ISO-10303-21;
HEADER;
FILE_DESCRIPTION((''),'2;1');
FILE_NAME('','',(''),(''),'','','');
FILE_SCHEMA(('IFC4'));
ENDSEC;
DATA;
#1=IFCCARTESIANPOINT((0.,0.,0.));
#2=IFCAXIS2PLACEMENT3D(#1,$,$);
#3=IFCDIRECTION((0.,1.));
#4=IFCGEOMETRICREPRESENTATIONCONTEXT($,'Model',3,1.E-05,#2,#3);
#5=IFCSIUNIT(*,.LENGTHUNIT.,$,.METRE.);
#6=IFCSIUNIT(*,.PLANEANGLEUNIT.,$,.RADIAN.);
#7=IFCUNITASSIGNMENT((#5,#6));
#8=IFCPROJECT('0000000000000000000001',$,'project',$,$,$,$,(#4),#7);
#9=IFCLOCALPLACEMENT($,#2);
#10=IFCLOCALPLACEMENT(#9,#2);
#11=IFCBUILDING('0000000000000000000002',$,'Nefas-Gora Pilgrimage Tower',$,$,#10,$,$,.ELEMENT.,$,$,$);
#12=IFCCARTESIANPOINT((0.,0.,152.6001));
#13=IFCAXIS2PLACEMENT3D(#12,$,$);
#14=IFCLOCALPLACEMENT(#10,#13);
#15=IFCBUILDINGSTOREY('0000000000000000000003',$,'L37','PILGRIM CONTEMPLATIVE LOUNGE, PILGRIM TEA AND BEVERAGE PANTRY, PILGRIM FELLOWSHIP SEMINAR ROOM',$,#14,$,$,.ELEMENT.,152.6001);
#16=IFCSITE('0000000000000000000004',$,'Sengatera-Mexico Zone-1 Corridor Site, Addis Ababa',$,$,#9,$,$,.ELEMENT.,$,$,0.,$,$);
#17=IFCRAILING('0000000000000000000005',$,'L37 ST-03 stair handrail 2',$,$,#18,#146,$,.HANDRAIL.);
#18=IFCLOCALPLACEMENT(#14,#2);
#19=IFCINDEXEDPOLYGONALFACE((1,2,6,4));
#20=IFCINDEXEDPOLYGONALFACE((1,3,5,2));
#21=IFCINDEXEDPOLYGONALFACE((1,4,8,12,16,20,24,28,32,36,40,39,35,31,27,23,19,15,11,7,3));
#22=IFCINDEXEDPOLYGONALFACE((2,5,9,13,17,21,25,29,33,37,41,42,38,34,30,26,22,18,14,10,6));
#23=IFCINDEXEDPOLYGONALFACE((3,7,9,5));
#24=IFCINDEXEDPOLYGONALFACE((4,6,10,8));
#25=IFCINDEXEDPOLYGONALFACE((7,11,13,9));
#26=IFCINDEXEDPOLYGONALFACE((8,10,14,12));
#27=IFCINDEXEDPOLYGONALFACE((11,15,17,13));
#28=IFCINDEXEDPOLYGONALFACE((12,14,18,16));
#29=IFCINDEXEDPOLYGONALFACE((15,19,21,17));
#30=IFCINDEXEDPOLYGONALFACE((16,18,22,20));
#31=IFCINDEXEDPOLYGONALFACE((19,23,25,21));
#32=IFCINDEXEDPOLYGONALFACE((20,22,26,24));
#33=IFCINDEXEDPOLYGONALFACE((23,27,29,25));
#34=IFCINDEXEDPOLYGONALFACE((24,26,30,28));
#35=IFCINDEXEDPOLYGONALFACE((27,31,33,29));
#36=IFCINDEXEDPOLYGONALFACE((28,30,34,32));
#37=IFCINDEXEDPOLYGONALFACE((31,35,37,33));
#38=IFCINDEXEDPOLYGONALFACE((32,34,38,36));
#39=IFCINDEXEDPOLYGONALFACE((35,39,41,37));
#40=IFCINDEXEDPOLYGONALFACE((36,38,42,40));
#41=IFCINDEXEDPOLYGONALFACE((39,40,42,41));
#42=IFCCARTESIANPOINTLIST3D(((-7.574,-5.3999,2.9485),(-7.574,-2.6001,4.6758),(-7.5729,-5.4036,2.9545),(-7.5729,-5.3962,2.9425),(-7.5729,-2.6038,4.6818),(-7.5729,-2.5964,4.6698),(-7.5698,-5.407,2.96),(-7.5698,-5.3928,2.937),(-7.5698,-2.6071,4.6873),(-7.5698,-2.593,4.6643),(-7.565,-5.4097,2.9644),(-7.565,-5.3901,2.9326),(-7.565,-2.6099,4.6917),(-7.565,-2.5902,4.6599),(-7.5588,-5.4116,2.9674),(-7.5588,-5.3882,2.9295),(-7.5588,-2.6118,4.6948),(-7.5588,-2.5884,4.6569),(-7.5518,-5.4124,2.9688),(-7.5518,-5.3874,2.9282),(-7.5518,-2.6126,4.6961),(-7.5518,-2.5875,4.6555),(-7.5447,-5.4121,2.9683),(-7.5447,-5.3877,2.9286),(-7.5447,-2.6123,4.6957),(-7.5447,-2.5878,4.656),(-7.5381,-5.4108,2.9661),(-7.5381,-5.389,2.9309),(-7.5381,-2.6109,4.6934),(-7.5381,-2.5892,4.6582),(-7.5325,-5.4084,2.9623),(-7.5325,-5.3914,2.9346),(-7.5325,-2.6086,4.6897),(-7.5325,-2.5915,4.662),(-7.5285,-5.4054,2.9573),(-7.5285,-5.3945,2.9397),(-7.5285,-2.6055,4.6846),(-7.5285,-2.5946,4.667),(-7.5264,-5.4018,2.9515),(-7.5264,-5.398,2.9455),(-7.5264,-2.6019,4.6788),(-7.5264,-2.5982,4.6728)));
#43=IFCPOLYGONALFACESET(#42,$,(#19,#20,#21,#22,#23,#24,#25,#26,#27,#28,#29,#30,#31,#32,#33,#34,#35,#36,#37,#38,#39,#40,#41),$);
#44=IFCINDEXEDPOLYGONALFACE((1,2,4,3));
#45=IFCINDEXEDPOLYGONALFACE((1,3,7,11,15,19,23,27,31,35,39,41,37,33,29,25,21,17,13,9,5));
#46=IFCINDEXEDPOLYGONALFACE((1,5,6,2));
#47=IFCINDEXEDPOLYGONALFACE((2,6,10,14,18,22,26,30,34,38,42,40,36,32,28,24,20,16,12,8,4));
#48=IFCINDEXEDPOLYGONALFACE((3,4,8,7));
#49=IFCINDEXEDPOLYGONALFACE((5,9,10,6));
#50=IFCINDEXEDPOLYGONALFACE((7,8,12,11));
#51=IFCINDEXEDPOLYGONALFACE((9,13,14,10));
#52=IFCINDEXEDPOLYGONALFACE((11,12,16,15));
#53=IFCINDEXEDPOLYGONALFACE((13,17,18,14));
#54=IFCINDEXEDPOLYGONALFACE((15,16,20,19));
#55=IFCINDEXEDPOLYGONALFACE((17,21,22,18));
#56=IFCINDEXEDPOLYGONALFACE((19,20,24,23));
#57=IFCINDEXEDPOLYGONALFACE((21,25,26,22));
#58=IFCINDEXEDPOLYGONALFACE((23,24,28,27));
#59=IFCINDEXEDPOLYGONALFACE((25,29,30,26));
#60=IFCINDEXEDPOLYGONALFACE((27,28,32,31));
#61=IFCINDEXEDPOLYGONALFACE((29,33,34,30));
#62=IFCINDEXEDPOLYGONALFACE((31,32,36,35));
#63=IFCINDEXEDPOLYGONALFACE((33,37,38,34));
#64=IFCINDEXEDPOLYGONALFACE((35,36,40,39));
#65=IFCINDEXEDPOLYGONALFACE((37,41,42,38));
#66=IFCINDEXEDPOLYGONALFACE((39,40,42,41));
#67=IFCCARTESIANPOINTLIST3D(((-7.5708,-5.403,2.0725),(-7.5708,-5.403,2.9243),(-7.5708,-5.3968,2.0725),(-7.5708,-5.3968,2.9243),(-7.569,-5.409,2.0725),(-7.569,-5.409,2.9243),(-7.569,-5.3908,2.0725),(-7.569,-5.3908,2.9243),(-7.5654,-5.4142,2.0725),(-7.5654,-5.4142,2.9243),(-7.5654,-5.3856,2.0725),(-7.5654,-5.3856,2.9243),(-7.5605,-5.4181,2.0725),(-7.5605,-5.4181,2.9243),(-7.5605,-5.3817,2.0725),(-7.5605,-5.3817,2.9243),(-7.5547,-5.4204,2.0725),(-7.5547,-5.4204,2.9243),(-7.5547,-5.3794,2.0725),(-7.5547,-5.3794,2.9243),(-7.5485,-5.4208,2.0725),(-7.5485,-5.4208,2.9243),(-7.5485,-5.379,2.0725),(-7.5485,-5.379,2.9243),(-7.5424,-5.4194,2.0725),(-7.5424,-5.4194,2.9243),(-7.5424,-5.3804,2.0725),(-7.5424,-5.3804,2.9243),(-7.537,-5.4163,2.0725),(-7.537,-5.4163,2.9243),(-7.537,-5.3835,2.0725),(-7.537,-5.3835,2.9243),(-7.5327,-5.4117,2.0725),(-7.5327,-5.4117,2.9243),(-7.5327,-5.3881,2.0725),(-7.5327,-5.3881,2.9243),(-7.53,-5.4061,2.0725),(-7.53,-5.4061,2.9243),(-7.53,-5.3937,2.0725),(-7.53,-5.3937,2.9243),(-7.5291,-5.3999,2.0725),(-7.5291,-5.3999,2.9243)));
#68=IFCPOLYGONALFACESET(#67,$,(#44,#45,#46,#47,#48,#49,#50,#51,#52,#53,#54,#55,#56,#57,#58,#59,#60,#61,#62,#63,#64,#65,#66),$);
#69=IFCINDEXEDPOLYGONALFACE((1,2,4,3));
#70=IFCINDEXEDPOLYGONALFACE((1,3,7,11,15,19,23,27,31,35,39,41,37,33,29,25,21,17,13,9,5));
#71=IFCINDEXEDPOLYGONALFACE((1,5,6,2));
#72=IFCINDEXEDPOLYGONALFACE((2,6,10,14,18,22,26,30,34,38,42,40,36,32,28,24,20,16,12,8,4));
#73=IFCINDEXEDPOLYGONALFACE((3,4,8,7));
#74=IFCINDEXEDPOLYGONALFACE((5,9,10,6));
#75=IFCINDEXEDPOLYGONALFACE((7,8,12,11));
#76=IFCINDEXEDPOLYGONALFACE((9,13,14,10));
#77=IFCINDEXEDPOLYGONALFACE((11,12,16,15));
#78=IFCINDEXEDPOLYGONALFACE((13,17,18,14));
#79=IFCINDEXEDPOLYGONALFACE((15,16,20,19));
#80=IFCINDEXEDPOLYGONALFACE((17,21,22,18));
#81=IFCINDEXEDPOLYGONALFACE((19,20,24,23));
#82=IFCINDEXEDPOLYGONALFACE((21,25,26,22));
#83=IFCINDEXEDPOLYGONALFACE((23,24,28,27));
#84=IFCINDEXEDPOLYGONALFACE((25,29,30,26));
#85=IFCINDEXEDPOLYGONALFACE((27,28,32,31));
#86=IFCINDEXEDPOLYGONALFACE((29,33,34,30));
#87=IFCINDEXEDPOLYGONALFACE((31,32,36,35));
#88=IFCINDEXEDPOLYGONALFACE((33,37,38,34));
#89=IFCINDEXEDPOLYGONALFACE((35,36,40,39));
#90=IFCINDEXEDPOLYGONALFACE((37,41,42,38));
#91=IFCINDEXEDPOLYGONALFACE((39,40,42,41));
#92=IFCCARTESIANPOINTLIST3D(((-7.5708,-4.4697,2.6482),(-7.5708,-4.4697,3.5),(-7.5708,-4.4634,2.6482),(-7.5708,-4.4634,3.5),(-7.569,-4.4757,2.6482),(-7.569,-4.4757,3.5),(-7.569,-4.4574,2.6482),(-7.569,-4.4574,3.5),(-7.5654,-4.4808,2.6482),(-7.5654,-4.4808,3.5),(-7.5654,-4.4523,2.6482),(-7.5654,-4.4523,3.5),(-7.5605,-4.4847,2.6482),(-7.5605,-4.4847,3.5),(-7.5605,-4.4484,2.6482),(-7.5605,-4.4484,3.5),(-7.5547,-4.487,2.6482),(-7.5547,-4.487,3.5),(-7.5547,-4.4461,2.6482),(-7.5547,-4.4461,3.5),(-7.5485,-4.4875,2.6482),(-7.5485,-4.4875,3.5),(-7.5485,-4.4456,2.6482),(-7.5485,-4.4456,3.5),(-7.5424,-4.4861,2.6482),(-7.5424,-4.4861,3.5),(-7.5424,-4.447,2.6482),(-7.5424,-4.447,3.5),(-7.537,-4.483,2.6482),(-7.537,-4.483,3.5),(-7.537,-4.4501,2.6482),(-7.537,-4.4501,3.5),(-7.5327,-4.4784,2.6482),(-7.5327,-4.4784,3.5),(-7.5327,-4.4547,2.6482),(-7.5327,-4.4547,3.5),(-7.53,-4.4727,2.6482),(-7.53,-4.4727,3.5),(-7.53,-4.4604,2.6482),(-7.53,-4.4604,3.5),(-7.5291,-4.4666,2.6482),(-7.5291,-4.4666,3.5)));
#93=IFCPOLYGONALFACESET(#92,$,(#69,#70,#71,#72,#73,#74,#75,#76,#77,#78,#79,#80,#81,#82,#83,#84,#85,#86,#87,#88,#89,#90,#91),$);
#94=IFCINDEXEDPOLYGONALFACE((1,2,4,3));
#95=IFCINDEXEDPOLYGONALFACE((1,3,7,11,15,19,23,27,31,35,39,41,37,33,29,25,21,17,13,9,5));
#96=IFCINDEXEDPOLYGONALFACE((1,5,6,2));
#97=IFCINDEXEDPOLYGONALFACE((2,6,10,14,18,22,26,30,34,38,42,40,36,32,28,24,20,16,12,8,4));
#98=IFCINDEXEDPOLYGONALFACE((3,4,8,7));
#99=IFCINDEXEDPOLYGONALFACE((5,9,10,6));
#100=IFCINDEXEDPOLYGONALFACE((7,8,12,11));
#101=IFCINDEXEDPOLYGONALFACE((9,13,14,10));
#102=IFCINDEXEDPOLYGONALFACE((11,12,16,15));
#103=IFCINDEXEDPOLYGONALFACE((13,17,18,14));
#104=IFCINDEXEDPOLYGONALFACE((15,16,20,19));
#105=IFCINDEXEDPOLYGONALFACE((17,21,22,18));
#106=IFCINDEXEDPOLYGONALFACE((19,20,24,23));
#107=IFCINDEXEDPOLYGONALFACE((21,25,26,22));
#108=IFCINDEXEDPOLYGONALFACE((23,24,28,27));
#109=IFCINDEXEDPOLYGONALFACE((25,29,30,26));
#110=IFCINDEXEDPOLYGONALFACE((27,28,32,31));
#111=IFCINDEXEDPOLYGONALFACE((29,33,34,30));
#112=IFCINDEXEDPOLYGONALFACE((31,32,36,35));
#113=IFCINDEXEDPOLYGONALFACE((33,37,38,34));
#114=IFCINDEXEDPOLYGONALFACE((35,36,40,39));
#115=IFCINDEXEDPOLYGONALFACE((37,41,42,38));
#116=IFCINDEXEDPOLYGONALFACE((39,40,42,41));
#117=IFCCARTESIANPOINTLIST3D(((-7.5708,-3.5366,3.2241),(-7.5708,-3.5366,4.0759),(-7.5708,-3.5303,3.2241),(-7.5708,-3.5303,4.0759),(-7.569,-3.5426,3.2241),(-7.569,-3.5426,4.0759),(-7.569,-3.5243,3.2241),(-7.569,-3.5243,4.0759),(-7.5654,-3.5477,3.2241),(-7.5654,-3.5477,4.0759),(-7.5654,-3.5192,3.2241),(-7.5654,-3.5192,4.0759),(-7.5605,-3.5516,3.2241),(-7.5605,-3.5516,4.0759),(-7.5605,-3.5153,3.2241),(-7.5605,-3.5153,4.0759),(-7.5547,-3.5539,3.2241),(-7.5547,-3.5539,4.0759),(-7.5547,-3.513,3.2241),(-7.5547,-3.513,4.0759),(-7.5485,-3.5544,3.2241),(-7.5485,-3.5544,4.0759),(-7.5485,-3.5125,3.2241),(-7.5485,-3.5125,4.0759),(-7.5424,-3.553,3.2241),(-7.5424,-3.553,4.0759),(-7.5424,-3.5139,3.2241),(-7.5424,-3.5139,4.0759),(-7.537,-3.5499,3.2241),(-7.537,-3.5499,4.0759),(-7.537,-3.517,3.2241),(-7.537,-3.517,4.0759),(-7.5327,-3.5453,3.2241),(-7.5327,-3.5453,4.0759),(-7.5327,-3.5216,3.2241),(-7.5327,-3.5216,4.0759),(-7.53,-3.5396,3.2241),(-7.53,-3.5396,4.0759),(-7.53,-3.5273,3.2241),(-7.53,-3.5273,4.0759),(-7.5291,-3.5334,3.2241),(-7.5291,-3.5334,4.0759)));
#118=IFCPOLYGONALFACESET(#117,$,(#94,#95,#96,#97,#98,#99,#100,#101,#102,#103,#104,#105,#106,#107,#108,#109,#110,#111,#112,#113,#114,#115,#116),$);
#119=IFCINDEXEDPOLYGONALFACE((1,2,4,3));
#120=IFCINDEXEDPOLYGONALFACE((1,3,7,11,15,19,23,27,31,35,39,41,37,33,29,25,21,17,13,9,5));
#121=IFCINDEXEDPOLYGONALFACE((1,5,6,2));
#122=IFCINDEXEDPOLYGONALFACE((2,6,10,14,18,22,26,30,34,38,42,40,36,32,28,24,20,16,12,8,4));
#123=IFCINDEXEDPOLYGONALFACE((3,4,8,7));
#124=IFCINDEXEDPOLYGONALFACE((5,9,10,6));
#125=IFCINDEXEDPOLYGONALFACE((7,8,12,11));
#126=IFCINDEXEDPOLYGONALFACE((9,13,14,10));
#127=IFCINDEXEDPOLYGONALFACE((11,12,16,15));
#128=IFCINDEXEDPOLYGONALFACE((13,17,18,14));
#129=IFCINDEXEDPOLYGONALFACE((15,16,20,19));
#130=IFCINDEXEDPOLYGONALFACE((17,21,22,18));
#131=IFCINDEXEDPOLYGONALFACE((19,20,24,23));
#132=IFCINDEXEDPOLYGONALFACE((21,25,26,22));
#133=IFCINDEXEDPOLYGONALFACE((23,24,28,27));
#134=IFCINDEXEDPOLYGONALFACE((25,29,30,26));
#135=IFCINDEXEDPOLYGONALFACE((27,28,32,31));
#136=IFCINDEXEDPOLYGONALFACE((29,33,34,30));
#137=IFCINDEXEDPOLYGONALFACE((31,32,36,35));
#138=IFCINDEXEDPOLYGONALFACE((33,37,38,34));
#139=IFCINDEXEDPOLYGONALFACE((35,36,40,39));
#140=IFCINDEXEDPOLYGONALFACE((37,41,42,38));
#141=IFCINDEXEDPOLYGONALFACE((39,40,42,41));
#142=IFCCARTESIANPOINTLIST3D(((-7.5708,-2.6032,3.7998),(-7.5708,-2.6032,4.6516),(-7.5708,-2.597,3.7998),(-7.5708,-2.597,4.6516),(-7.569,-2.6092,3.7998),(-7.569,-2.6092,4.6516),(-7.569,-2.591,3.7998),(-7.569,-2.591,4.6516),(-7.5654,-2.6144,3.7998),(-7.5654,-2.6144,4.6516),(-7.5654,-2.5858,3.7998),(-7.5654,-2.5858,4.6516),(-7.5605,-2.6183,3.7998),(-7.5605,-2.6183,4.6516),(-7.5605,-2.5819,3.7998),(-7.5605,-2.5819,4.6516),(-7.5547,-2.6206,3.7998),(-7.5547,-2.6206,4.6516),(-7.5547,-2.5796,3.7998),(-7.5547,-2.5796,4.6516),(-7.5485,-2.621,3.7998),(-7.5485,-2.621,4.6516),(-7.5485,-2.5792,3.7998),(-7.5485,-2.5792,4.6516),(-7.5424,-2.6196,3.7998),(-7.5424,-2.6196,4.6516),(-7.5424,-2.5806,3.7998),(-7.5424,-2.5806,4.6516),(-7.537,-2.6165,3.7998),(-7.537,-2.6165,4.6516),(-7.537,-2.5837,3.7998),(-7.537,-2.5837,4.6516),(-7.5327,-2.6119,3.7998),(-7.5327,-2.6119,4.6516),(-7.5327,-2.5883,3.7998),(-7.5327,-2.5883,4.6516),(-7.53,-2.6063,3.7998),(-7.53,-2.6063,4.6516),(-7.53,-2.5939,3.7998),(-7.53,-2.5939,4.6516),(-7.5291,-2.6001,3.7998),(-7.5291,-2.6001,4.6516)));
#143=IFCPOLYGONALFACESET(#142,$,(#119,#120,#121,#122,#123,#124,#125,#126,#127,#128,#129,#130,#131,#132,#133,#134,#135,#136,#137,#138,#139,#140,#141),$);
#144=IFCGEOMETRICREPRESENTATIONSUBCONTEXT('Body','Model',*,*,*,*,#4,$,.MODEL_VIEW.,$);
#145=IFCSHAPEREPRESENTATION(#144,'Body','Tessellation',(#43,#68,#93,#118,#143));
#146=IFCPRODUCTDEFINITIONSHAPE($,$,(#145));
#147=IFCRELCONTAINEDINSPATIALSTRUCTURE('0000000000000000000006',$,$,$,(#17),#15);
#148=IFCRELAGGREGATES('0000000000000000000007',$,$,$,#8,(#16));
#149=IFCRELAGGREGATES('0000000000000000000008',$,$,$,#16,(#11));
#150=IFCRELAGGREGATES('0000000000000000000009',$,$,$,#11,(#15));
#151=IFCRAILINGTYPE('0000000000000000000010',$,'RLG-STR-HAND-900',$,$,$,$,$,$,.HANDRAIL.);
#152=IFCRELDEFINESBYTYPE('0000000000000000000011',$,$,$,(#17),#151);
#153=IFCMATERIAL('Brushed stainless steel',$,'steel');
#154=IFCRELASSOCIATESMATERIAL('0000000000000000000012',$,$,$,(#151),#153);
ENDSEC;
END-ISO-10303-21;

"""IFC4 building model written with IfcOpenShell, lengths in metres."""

from ifc_helpers import new_model, si_unit, direction, frame, origin, origin_2d, place, context, subcontext, project, spatial, circle, extrude, material, type_object, element, save


model = new_model("IFC4")

# Units and contexts
model_context = context("Model", 3, precision=1e-05, world=origin(), true_north=direction((0.0, 1.0)))
body_context = subcontext(model_context, "Body", "Model", "MODEL_VIEW")
ifc_project = project(units=[si_unit("LENGTHUNIT", "METRE"), si_unit("PLANEANGLEUNIT", "RADIAN")], contexts=[model_context])

# Site, building, storey
site_placement = place(None, origin())
site = spatial("IfcSite", under=ifc_project, at=site_placement, Name="Sengatera-Mexico Zone-1 Corridor Site, Addis Ababa", CompositionType="ELEMENT", RefElevation=0.0)
building_placement = place(site_placement, origin())
building = spatial("IfcBuilding", under=site, at=building_placement, Name="Nefas-Gora Pilgrimage Tower", CompositionType="ELEMENT")
storey_placement = place(building_placement, frame((0.0, 0.0, 152.6001)))
storey = spatial("IfcBuildingStorey", under=building, at=storey_placement, Name="L37", Description="PILGRIM CONTEMPLATIVE LOUNGE, PILGRIM TEA AND BEVERAGE PANTRY, PILGRIM FELLOWSHIP SEMINAR ROOM", CompositionType="ELEMENT", Elevation=152.6001)

# Railing
ifc_material_1 = material(Name="Brushed stainless steel", Category="steel")
railing_type_1 = type_object("IfcRailingType", Name="RLG-STR-HAND-900", PredefinedType="HANDRAIL", material=ifc_material_1)
railing_1_placement = place(storey_placement, frame((-7.55, -5.3999, 2.0725)))
element("IfcRailing", 1, at=railing_1_placement, inside=storey, type_object=railing_type_1, Name="L37 ST-03 stair handrail 2", PredefinedType="HANDRAIL", context=body_context, shape_type="SweptSolid", body=[
    extrude(circle(Radius=0.0239, at=origin_2d()), frame((0.0, 0.0, 0.876), z_axis=(0.0, 0.851069, 0.525054), x_axis=(-1.0, 0.0, 0.0)), (0.0, 0.0, 1.0), 3.2898),
    extrude(circle(Radius=0.021, at=origin_2d()), origin(), (0.0, 0.0, 1.0), 0.8518),
    extrude(circle(Radius=0.021, at=origin_2d()), frame((0.0, 0.9333, 0.5757)), (0.0, 0.0, 1.0), 0.8518),
    extrude(circle(Radius=0.021, at=origin_2d()), frame((0.0, 1.8665, 1.1516)), (0.0, 0.0, 1.0), 0.8518),
    extrude(circle(Radius=0.021, at=origin_2d()), frame((0.0, 2.7998, 1.7273)), (0.0, 0.0, 1.0), 0.8518),
])

save(model, "model.ifc")
